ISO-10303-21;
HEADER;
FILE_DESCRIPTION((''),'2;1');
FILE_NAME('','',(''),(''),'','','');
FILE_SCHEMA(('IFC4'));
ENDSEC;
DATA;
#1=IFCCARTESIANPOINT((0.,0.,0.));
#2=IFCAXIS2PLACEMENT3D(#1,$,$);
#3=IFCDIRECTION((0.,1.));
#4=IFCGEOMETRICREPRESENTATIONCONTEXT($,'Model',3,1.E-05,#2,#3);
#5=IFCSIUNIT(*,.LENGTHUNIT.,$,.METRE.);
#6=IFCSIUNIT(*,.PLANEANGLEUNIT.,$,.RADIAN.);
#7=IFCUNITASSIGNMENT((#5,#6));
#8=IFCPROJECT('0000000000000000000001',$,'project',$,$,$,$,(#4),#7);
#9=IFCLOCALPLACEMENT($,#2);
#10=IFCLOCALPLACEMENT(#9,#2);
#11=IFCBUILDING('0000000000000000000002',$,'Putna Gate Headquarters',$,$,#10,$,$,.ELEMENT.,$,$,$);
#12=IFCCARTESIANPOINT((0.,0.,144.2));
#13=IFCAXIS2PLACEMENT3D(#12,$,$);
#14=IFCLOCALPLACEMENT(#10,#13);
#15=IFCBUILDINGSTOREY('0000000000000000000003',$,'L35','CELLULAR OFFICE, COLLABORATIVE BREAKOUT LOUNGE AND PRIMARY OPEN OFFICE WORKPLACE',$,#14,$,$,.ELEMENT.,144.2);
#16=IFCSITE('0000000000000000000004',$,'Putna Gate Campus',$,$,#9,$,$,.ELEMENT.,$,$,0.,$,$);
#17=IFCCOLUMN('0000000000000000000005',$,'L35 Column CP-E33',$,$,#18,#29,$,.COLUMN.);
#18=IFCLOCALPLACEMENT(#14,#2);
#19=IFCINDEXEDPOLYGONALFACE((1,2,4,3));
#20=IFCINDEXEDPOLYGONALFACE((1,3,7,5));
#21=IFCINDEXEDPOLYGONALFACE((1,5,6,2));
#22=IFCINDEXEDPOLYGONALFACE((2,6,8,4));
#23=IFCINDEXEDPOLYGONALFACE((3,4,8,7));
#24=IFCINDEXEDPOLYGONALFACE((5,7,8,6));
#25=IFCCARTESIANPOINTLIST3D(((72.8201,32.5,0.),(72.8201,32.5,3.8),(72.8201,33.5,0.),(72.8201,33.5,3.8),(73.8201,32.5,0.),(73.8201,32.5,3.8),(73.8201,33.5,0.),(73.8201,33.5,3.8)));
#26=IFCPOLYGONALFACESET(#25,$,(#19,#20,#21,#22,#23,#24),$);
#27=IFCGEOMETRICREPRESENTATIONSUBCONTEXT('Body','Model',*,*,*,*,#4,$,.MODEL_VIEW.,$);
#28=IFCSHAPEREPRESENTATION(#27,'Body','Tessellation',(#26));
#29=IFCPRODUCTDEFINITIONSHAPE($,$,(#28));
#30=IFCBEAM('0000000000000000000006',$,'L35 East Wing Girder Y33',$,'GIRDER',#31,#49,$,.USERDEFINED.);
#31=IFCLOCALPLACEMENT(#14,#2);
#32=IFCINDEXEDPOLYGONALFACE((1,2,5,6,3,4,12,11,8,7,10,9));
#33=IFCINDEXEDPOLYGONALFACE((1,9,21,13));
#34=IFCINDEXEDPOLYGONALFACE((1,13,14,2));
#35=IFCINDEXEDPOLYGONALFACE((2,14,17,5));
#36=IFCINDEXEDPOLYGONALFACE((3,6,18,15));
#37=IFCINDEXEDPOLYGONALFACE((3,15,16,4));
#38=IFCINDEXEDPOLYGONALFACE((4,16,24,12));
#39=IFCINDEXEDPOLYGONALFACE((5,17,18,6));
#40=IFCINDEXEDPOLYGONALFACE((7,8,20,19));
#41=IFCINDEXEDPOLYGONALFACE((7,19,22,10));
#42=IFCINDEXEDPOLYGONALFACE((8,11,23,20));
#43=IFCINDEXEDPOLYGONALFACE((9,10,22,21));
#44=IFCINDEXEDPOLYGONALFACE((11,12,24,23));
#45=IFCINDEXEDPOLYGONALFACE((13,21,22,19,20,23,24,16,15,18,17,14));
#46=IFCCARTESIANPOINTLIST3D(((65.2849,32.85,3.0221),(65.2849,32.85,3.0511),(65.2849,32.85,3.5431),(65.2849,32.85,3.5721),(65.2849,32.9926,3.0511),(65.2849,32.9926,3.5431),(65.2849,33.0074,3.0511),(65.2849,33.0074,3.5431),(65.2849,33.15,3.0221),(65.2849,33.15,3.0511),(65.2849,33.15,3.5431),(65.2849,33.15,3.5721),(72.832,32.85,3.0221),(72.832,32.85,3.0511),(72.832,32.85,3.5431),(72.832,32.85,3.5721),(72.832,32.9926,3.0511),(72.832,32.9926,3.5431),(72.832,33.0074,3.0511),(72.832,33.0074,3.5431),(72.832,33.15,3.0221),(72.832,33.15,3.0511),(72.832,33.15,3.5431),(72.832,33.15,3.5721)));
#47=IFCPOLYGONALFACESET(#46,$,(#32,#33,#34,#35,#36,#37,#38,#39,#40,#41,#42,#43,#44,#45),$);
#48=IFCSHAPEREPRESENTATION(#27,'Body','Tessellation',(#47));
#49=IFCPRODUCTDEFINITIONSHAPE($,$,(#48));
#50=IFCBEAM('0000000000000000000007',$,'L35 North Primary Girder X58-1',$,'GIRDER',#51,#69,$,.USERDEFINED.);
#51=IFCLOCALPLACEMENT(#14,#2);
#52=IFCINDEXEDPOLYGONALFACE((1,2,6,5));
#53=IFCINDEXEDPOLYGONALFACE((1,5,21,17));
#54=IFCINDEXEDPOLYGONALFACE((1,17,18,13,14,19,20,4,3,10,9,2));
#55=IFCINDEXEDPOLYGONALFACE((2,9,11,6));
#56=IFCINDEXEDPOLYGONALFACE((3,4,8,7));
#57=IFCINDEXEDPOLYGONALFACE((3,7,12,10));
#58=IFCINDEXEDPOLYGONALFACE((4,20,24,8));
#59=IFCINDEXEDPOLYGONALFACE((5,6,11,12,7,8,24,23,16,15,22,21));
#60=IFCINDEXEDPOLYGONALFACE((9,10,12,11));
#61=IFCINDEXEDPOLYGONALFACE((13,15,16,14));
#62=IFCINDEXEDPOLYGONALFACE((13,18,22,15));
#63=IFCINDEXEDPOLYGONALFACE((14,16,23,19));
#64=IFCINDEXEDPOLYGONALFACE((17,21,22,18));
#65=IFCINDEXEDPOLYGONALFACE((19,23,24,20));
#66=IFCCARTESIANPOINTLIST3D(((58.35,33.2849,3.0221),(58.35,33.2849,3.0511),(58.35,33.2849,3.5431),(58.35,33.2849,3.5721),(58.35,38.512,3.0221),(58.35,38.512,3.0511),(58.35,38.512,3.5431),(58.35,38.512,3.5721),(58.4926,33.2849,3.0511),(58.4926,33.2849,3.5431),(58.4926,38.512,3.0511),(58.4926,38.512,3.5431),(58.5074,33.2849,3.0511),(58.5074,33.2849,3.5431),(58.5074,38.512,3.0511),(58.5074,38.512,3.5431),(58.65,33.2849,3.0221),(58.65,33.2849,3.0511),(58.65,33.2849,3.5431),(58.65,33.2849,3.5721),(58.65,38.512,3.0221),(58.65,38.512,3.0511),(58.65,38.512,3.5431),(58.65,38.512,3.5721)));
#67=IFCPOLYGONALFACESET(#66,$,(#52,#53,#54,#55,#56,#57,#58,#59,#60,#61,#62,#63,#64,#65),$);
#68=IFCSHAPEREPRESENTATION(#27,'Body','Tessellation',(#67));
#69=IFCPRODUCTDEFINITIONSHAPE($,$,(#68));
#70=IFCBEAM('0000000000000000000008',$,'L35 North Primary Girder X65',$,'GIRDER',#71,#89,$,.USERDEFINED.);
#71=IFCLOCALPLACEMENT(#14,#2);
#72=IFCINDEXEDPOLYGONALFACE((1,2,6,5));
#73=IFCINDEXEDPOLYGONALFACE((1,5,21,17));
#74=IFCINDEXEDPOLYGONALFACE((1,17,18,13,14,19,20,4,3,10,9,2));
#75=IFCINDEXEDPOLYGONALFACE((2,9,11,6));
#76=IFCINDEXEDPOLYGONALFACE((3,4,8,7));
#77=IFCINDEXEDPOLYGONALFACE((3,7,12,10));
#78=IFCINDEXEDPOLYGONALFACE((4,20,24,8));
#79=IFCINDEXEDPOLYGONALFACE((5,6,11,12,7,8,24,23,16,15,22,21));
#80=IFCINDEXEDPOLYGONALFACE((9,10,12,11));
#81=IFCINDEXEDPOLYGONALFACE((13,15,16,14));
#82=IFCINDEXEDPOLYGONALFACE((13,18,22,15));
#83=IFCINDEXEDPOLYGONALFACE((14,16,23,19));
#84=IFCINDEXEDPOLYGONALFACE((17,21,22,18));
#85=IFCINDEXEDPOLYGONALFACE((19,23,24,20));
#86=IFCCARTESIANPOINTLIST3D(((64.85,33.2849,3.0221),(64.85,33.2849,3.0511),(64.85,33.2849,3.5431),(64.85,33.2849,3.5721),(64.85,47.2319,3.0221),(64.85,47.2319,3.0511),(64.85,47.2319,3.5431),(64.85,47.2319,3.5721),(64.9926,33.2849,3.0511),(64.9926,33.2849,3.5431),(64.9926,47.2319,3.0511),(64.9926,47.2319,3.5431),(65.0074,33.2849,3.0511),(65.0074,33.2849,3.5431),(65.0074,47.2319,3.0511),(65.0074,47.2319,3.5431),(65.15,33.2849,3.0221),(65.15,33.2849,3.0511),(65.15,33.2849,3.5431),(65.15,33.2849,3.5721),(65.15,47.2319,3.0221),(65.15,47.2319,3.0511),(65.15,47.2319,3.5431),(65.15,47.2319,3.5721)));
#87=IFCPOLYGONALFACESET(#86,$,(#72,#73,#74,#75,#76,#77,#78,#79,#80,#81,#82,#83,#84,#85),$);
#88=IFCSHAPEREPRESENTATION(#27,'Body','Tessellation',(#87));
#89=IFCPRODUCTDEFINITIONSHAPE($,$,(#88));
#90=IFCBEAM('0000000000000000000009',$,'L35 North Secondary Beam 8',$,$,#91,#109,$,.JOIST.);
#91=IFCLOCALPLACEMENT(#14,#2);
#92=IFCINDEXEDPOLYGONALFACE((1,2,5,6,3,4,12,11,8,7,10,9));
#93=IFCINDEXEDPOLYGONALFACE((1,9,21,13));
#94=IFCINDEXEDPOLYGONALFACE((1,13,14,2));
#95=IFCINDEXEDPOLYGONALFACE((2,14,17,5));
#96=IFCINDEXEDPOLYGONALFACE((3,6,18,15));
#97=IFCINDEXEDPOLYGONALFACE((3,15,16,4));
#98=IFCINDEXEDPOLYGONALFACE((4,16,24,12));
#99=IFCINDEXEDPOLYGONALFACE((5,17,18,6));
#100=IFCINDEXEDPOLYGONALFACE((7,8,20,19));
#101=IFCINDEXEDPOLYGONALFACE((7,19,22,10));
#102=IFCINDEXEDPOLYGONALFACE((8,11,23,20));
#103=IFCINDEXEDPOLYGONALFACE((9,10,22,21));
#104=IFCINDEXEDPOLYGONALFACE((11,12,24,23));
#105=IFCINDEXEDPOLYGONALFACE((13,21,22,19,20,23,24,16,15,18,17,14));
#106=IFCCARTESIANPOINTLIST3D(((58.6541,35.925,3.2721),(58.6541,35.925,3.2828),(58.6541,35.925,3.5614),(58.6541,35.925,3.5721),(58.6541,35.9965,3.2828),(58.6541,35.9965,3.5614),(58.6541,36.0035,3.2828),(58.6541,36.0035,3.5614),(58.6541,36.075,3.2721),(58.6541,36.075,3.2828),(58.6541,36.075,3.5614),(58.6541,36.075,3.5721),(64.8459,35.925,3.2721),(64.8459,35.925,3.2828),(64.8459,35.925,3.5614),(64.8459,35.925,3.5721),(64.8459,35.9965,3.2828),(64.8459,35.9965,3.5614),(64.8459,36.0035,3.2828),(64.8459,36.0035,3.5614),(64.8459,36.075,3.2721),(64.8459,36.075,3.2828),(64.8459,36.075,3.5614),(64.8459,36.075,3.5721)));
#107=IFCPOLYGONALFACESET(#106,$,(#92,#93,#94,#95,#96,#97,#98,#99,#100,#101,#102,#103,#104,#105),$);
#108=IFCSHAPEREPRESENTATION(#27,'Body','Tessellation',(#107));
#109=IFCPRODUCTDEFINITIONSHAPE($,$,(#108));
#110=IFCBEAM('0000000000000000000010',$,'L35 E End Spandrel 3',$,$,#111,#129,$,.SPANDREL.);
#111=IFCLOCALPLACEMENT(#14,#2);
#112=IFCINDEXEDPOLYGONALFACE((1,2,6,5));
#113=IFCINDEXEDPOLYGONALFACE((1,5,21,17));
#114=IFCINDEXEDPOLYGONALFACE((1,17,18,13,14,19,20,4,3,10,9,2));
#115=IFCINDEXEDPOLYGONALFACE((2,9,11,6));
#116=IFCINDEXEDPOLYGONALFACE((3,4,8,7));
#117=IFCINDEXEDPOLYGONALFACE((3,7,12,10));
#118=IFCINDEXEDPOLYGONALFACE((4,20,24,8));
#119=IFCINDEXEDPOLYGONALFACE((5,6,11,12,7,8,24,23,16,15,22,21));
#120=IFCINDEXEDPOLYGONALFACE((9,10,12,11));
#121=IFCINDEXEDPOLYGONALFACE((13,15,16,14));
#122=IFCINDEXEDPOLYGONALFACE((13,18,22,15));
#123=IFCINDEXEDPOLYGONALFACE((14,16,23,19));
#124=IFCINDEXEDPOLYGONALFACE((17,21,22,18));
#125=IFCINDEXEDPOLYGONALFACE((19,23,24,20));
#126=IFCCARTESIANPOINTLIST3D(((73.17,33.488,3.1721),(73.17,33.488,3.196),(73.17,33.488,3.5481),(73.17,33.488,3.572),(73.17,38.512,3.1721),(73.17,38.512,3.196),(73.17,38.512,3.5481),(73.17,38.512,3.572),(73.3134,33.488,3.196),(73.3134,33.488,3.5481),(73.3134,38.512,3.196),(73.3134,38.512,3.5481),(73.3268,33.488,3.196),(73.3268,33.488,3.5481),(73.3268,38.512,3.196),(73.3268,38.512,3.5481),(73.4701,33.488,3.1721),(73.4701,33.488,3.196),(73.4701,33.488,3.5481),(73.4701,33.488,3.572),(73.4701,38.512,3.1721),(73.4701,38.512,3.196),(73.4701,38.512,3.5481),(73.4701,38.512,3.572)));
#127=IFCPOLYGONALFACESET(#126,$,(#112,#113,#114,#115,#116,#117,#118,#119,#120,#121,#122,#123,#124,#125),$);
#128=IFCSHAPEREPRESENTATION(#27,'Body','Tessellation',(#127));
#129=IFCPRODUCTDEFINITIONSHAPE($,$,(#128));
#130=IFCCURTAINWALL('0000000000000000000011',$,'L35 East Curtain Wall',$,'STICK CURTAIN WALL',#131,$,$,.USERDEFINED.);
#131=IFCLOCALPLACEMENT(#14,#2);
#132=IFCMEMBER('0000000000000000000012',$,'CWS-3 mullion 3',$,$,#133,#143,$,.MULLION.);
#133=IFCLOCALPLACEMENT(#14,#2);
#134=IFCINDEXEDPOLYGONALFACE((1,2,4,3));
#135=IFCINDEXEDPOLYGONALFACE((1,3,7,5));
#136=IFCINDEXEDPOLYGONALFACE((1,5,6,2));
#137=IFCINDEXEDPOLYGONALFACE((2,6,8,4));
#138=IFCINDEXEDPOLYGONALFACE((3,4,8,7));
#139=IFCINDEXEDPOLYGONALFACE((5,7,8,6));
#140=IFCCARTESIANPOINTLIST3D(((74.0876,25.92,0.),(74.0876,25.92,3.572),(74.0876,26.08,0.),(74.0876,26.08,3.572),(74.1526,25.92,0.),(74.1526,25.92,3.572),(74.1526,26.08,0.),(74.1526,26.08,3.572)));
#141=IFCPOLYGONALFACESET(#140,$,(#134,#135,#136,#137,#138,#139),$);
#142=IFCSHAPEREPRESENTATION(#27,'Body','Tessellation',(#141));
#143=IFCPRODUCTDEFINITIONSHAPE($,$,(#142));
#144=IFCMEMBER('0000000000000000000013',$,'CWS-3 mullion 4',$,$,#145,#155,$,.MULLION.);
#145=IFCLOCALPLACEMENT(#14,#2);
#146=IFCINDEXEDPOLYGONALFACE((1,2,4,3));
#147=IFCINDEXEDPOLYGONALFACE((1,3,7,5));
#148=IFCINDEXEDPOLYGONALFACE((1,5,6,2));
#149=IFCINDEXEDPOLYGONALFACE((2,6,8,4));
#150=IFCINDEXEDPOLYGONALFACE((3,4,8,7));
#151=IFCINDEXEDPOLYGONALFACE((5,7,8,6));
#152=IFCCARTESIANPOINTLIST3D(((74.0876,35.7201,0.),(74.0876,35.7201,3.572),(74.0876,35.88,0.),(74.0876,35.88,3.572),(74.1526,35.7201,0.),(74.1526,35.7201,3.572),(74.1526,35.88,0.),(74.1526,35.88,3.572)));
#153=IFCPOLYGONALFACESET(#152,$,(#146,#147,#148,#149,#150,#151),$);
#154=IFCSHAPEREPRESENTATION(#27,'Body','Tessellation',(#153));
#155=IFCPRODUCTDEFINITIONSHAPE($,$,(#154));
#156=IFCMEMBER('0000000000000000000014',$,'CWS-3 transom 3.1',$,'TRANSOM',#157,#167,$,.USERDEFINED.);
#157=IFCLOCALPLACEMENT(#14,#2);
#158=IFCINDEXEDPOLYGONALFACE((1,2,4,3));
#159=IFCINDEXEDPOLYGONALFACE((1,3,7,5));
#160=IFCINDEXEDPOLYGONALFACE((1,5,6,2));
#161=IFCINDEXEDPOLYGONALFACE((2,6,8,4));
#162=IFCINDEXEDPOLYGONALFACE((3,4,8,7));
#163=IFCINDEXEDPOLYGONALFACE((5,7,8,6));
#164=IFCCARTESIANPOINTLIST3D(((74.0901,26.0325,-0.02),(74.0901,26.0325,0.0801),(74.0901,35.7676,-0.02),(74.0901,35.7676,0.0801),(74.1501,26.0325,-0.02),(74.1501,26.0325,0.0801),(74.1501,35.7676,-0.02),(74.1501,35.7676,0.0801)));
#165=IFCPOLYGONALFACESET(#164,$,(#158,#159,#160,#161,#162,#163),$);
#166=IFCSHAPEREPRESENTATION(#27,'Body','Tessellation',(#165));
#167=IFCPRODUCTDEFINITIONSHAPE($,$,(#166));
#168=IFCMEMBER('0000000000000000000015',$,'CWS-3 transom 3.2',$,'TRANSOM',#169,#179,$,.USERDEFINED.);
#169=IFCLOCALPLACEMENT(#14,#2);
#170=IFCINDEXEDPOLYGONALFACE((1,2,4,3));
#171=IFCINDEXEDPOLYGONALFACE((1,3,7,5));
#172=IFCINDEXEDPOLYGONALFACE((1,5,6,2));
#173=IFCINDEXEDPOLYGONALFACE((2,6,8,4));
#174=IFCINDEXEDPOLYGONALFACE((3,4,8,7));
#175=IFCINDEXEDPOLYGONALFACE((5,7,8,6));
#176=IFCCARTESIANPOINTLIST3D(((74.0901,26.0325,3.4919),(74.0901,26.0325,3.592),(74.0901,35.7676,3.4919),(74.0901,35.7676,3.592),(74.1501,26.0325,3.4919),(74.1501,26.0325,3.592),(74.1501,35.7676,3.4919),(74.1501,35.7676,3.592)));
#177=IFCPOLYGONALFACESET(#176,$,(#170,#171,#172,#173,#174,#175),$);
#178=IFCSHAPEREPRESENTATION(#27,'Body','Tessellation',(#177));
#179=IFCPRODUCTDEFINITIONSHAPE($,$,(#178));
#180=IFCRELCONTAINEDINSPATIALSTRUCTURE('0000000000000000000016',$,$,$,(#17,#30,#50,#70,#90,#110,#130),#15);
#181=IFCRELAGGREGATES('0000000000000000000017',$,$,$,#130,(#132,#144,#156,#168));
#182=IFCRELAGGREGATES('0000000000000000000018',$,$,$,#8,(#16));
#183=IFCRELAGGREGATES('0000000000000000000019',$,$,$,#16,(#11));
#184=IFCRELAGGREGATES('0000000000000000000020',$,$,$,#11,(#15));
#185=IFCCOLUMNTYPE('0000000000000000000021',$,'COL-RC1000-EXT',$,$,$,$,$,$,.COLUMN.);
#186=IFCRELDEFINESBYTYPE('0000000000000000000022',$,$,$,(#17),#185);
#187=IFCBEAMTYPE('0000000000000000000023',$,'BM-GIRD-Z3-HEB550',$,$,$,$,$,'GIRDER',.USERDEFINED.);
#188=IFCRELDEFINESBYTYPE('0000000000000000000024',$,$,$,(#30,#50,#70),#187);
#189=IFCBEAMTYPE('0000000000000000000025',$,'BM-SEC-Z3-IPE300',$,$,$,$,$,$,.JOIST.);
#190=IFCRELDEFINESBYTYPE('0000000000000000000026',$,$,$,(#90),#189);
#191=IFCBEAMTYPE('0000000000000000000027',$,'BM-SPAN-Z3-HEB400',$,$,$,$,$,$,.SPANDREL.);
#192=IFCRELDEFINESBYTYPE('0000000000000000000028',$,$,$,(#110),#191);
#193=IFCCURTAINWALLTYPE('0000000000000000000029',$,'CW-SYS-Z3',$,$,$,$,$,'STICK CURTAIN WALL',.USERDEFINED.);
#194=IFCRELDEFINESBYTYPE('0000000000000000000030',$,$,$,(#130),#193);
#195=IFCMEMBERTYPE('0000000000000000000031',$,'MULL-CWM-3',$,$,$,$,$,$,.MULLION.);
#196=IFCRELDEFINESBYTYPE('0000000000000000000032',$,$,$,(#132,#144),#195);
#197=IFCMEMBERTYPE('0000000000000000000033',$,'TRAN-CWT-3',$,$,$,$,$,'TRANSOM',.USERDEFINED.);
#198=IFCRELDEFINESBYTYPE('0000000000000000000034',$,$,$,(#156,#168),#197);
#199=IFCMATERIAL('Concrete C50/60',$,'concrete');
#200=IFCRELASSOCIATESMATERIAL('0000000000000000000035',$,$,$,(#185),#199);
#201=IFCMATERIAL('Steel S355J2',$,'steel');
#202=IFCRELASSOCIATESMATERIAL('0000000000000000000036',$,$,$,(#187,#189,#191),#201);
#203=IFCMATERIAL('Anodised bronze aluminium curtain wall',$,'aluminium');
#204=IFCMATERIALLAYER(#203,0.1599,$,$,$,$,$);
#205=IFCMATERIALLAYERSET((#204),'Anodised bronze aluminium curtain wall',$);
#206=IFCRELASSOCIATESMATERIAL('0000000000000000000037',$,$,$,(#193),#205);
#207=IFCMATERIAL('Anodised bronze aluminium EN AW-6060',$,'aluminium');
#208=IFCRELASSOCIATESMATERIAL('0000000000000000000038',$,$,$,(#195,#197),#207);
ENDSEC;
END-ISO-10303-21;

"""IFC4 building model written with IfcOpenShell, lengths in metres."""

from ifc_helpers import new_model, si_unit, direction, frame, origin, origin_2d, place, context, subcontext, project, spatial, rectangle, i_section, extrude, material, layer, layer_set, material_profile, profile_set, type_object, element, aggregate, save


model = new_model("IFC4")

# Units and contexts
model_context = context("Model", 3, precision=1e-05, world=origin(), true_north=direction((0.0, 1.0)))
body_context = subcontext(model_context, "Body", "Model", "MODEL_VIEW")
ifc_project = project(units=[si_unit("LENGTHUNIT", "METRE"), si_unit("PLANEANGLEUNIT", "RADIAN")], contexts=[model_context])

# Site, building, storey
site_placement = place(None, origin())
site = spatial("IfcSite", under=ifc_project, at=site_placement, Name="Putna Gate Campus", CompositionType="ELEMENT", RefElevation=0.0)
building_placement = place(site_placement, origin())
building = spatial("IfcBuilding", under=site, at=building_placement, Name="Putna Gate Headquarters", CompositionType="ELEMENT")
storey_placement = place(building_placement, frame((0.0, 0.0, 144.2)))
storey = spatial("IfcBuildingStorey", under=building, at=storey_placement, Name="L35", Description="CELLULAR OFFICE, COLLABORATIVE BREAKOUT LOUNGE AND PRIMARY OPEN OFFICE WORKPLACE", CompositionType="ELEMENT", Elevation=144.2)

# Column
ifc_material_1 = material(Name="Concrete C50/60", Category="concrete")
ifc_material_profile_1 = material_profile(ifc_material_1, rectangle(XDim=1.0, YDim=1.0, at=origin_2d()), Name="Concrete C50/60")
ifc_profile_set_1 = profile_set([ifc_material_profile_1], Name="Concrete C50/60")
column_type = type_object("IfcColumnType", Name="COL-RC1000-EXT", PredefinedType="COLUMN", material=ifc_profile_set_1)
column_placement = place(storey_placement, frame((73.3201, 33.0, 0.0), z_axis=(0.0, 0.0, 1.0), x_axis=(1.0, 0.0, 0.0)))
element("IfcColumn", 1, at=column_placement, inside=storey, type_object=column_type, Name="L35 Column CP-E33", PredefinedType="COLUMN", context=body_context, shape_type="SweptSolid", body=[
    extrude(rectangle(XDim=1.0, YDim=1.0, at=origin_2d()), origin(), (0.0, 0.0, 1.0), 3.8),
])

# Beams
ifc_material_2 = material(Name="Steel S355J2", Category="steel")
ifc_material_profile_2 = material_profile(ifc_material_2, i_section(OverallWidth=0.3, OverallDepth=0.55, WebThickness=0.0149, FlangeThickness=0.0291, at=origin_2d()), Name="Steel S355J2")
ifc_profile_set_2 = profile_set([ifc_material_profile_2], Name="Steel S355J2")
beam_type_1 = type_object("IfcBeamType", Name="BM-GIRD-Z3-HEB550", ElementType="GIRDER", PredefinedType="USERDEFINED", material=ifc_profile_set_2)
beam_1_placement = place(storey_placement, frame((65.2849, 33.0, 3.2971), z_axis=(1.0, 0.0, 0.0), x_axis=(0.0, 1.0, 0.0)))
element("IfcBeam", 2, at=beam_1_placement, inside=storey, type_object=beam_type_1, Name="L35 East Wing Girder Y33", ObjectType="GIRDER", PredefinedType="USERDEFINED", context=body_context, shape_type="SweptSolid", body=[
    extrude(i_section(OverallWidth=0.3, OverallDepth=0.55, WebThickness=0.0149, FlangeThickness=0.0291, at=origin_2d()), origin(), (0.0, 0.0, 1.0), 7.5471),
])
beam_2_placement = place(storey_placement, frame((58.5, 33.2849, 3.2971), z_axis=(0.0, 1.0, 0.0), x_axis=(-1.0, 0.0, 0.0)))
element("IfcBeam", 3, at=beam_2_placement, inside=storey, type_object=beam_type_1, Name="L35 North Primary Girder X58-1", ObjectType="GIRDER", PredefinedType="USERDEFINED", context=body_context, shape_type="SweptSolid", body=[
    extrude(i_section(OverallWidth=0.3, OverallDepth=0.55, WebThickness=0.0149, FlangeThickness=0.0291, at=origin_2d()), origin(), (0.0, 0.0, 1.0), 5.2271),
])
beam_3_placement = place(storey_placement, frame((65.0, 33.2849, 3.2971), z_axis=(0.0, 1.0, 0.0), x_axis=(-1.0, 0.0, 0.0)))
element("IfcBeam", 4, at=beam_3_placement, inside=storey, type_object=beam_type_1, Name="L35 North Primary Girder X65", ObjectType="GIRDER", PredefinedType="USERDEFINED", context=body_context, shape_type="SweptSolid", body=[
    extrude(i_section(OverallWidth=0.3, OverallDepth=0.55, WebThickness=0.0149, FlangeThickness=0.0291, at=origin_2d()), origin(), (0.0, 0.0, 1.0), 13.947),
])
ifc_material_profile_3 = material_profile(ifc_material_2, i_section(OverallWidth=0.1499, OverallDepth=0.3, WebThickness=0.0071, FlangeThickness=0.0107, at=origin_2d()), Name="Steel S355J2")
ifc_profile_set_3 = profile_set([ifc_material_profile_3], Name="Steel S355J2")
beam_type_2 = type_object("IfcBeamType", Name="BM-SEC-Z3-IPE300", PredefinedType="JOIST", material=ifc_profile_set_3)
beam_4_placement = place(storey_placement, frame((58.6541, 36.0, 3.4221), z_axis=(1.0, 0.0, 0.0), x_axis=(0.0, 1.0, 0.0)))
element("IfcBeam", 5, at=beam_4_placement, inside=storey, type_object=beam_type_2, Name="L35 North Secondary Beam 8", PredefinedType="JOIST", context=body_context, shape_type="SweptSolid", body=[
    extrude(i_section(OverallWidth=0.1499, OverallDepth=0.3, WebThickness=0.0071, FlangeThickness=0.0107, at=origin_2d()), origin(), (0.0, 0.0, 1.0), 6.1919),
])
ifc_material_profile_4 = material_profile(ifc_material_2, i_section(OverallWidth=0.3, OverallDepth=0.3999, WebThickness=0.0134, FlangeThickness=0.0239, at=origin_2d()), Name="Steel S355J2")
ifc_profile_set_4 = profile_set([ifc_material_profile_4], Name="Steel S355J2")
beam_type_3 = type_object("IfcBeamType", Name="BM-SPAN-Z3-HEB400", PredefinedType="SPANDREL", material=ifc_profile_set_4)
beam_5_placement = place(storey_placement, frame((73.3201, 33.488, 3.3721), z_axis=(0.0, 1.0, 0.0), x_axis=(-1.0, 0.0, 0.0)))
element("IfcBeam", 6, at=beam_5_placement, inside=storey, type_object=beam_type_3, Name="L35 E End Spandrel 3", PredefinedType="SPANDREL", context=body_context, shape_type="SweptSolid", body=[
    extrude(i_section(OverallWidth=0.3, OverallDepth=0.3999, WebThickness=0.0134, FlangeThickness=0.0239, at=origin_2d()), origin(), (0.0, 0.0, 1.0), 5.0239),
])

# Curtain wall, members
ifc_material_3 = material(Name="Anodised bronze aluminium curtain wall", Category="aluminium")
ifc_layer_1 = layer(ifc_material_3, 0.1599)
ifc_layer_set_1 = layer_set([ifc_layer_1], Name="Anodised bronze aluminium curtain wall")
curtain_wall_type = type_object("IfcCurtainWallType", Name="CW-SYS-Z3", ElementType="STICK CURTAIN WALL", PredefinedType="USERDEFINED", material=ifc_layer_set_1)
curtain_wall_placement = place(storey_placement, origin())
curtain_wall = element("IfcCurtainWall", 7, at=curtain_wall_placement, inside=storey, type_object=curtain_wall_type, Name="L35 East Curtain Wall", ObjectType="STICK CURTAIN WALL", PredefinedType="USERDEFINED")
ifc_material_4 = material(Name="Anodised bronze aluminium EN AW-6060", Category="aluminium")
ifc_material_profile_5 = material_profile(ifc_material_4, rectangle(XDim=0.0649, YDim=0.1599, at=origin_2d()), Name="Anodised bronze aluminium EN AW-6060")
ifc_profile_set_5 = profile_set([ifc_material_profile_5], Name="Anodised bronze aluminium EN AW-6060")
member_type_1 = type_object("IfcMemberType", Name="MULL-CWM-3", PredefinedType="MULLION", material=ifc_profile_set_5)
member_1_placement = place(storey_placement, frame((74.1201, 26.0, 0.0), z_axis=(0.0, 0.0, 1.0), x_axis=(-1.0, 0.0, 0.0)))
member_1 = element("IfcMember", 8, at=member_1_placement, type_object=member_type_1, Name="CWS-3 mullion 3", PredefinedType="MULLION", context=body_context, shape_type="SweptSolid", body=[
    extrude(rectangle(XDim=0.0649, YDim=0.1599, at=origin_2d()), origin(), (0.0, 0.0, 1.0), 3.572),
])
member_2_placement = place(storey_placement, frame((74.1201, 35.8, 0.0), z_axis=(0.0, 0.0, 1.0), x_axis=(-1.0, 0.0, 0.0)))
member_2 = element("IfcMember", 9, at=member_2_placement, type_object=member_type_1, Name="CWS-3 mullion 4", PredefinedType="MULLION", context=body_context, shape_type="SweptSolid", body=[
    extrude(rectangle(XDim=0.0649, YDim=0.1599, at=origin_2d()), origin(), (0.0, 0.0, 1.0), 3.572),
])
ifc_material_profile_6 = material_profile(ifc_material_4, rectangle(XDim=0.0601, YDim=0.1001, at=origin_2d()), Name="Anodised bronze aluminium EN AW-6060")
ifc_profile_set_6 = profile_set([ifc_material_profile_6], Name="Anodised bronze aluminium EN AW-6060")
member_type_2 = type_object("IfcMemberType", Name="TRAN-CWT-3", ElementType="TRANSOM", PredefinedType="USERDEFINED", material=ifc_profile_set_6)
member_3_placement = place(storey_placement, frame((74.1201, 26.0325, 0.03), z_axis=(0.0, 1.0, 0.0), x_axis=(-1.0, 0.0, 0.0)))
member_3 = element("IfcMember", 10, at=member_3_placement, type_object=member_type_2, Name="CWS-3 transom 3.1", ObjectType="TRANSOM", PredefinedType="USERDEFINED", context=body_context, shape_type="SweptSolid", body=[
    extrude(rectangle(XDim=0.0601, YDim=0.1001, at=origin_2d()), origin(), (0.0, 0.0, 1.0), 9.7351),
])
member_4_placement = place(storey_placement, frame((74.1201, 26.0325, 3.542), z_axis=(0.0, 1.0, 0.0), x_axis=(-1.0, 0.0, 0.0)))
member_4 = element("IfcMember", 11, at=member_4_placement, type_object=member_type_2, Name="CWS-3 transom 3.2", ObjectType="TRANSOM", PredefinedType="USERDEFINED", context=body_context, shape_type="SweptSolid", body=[
    extrude(rectangle(XDim=0.0601, YDim=0.1001, at=origin_2d()), origin(), (0.0, 0.0, 1.0), 9.7351),
])
aggregate(curtain_wall, [member_1, member_2, member_3, member_4])

save(model, "model.ifc")
